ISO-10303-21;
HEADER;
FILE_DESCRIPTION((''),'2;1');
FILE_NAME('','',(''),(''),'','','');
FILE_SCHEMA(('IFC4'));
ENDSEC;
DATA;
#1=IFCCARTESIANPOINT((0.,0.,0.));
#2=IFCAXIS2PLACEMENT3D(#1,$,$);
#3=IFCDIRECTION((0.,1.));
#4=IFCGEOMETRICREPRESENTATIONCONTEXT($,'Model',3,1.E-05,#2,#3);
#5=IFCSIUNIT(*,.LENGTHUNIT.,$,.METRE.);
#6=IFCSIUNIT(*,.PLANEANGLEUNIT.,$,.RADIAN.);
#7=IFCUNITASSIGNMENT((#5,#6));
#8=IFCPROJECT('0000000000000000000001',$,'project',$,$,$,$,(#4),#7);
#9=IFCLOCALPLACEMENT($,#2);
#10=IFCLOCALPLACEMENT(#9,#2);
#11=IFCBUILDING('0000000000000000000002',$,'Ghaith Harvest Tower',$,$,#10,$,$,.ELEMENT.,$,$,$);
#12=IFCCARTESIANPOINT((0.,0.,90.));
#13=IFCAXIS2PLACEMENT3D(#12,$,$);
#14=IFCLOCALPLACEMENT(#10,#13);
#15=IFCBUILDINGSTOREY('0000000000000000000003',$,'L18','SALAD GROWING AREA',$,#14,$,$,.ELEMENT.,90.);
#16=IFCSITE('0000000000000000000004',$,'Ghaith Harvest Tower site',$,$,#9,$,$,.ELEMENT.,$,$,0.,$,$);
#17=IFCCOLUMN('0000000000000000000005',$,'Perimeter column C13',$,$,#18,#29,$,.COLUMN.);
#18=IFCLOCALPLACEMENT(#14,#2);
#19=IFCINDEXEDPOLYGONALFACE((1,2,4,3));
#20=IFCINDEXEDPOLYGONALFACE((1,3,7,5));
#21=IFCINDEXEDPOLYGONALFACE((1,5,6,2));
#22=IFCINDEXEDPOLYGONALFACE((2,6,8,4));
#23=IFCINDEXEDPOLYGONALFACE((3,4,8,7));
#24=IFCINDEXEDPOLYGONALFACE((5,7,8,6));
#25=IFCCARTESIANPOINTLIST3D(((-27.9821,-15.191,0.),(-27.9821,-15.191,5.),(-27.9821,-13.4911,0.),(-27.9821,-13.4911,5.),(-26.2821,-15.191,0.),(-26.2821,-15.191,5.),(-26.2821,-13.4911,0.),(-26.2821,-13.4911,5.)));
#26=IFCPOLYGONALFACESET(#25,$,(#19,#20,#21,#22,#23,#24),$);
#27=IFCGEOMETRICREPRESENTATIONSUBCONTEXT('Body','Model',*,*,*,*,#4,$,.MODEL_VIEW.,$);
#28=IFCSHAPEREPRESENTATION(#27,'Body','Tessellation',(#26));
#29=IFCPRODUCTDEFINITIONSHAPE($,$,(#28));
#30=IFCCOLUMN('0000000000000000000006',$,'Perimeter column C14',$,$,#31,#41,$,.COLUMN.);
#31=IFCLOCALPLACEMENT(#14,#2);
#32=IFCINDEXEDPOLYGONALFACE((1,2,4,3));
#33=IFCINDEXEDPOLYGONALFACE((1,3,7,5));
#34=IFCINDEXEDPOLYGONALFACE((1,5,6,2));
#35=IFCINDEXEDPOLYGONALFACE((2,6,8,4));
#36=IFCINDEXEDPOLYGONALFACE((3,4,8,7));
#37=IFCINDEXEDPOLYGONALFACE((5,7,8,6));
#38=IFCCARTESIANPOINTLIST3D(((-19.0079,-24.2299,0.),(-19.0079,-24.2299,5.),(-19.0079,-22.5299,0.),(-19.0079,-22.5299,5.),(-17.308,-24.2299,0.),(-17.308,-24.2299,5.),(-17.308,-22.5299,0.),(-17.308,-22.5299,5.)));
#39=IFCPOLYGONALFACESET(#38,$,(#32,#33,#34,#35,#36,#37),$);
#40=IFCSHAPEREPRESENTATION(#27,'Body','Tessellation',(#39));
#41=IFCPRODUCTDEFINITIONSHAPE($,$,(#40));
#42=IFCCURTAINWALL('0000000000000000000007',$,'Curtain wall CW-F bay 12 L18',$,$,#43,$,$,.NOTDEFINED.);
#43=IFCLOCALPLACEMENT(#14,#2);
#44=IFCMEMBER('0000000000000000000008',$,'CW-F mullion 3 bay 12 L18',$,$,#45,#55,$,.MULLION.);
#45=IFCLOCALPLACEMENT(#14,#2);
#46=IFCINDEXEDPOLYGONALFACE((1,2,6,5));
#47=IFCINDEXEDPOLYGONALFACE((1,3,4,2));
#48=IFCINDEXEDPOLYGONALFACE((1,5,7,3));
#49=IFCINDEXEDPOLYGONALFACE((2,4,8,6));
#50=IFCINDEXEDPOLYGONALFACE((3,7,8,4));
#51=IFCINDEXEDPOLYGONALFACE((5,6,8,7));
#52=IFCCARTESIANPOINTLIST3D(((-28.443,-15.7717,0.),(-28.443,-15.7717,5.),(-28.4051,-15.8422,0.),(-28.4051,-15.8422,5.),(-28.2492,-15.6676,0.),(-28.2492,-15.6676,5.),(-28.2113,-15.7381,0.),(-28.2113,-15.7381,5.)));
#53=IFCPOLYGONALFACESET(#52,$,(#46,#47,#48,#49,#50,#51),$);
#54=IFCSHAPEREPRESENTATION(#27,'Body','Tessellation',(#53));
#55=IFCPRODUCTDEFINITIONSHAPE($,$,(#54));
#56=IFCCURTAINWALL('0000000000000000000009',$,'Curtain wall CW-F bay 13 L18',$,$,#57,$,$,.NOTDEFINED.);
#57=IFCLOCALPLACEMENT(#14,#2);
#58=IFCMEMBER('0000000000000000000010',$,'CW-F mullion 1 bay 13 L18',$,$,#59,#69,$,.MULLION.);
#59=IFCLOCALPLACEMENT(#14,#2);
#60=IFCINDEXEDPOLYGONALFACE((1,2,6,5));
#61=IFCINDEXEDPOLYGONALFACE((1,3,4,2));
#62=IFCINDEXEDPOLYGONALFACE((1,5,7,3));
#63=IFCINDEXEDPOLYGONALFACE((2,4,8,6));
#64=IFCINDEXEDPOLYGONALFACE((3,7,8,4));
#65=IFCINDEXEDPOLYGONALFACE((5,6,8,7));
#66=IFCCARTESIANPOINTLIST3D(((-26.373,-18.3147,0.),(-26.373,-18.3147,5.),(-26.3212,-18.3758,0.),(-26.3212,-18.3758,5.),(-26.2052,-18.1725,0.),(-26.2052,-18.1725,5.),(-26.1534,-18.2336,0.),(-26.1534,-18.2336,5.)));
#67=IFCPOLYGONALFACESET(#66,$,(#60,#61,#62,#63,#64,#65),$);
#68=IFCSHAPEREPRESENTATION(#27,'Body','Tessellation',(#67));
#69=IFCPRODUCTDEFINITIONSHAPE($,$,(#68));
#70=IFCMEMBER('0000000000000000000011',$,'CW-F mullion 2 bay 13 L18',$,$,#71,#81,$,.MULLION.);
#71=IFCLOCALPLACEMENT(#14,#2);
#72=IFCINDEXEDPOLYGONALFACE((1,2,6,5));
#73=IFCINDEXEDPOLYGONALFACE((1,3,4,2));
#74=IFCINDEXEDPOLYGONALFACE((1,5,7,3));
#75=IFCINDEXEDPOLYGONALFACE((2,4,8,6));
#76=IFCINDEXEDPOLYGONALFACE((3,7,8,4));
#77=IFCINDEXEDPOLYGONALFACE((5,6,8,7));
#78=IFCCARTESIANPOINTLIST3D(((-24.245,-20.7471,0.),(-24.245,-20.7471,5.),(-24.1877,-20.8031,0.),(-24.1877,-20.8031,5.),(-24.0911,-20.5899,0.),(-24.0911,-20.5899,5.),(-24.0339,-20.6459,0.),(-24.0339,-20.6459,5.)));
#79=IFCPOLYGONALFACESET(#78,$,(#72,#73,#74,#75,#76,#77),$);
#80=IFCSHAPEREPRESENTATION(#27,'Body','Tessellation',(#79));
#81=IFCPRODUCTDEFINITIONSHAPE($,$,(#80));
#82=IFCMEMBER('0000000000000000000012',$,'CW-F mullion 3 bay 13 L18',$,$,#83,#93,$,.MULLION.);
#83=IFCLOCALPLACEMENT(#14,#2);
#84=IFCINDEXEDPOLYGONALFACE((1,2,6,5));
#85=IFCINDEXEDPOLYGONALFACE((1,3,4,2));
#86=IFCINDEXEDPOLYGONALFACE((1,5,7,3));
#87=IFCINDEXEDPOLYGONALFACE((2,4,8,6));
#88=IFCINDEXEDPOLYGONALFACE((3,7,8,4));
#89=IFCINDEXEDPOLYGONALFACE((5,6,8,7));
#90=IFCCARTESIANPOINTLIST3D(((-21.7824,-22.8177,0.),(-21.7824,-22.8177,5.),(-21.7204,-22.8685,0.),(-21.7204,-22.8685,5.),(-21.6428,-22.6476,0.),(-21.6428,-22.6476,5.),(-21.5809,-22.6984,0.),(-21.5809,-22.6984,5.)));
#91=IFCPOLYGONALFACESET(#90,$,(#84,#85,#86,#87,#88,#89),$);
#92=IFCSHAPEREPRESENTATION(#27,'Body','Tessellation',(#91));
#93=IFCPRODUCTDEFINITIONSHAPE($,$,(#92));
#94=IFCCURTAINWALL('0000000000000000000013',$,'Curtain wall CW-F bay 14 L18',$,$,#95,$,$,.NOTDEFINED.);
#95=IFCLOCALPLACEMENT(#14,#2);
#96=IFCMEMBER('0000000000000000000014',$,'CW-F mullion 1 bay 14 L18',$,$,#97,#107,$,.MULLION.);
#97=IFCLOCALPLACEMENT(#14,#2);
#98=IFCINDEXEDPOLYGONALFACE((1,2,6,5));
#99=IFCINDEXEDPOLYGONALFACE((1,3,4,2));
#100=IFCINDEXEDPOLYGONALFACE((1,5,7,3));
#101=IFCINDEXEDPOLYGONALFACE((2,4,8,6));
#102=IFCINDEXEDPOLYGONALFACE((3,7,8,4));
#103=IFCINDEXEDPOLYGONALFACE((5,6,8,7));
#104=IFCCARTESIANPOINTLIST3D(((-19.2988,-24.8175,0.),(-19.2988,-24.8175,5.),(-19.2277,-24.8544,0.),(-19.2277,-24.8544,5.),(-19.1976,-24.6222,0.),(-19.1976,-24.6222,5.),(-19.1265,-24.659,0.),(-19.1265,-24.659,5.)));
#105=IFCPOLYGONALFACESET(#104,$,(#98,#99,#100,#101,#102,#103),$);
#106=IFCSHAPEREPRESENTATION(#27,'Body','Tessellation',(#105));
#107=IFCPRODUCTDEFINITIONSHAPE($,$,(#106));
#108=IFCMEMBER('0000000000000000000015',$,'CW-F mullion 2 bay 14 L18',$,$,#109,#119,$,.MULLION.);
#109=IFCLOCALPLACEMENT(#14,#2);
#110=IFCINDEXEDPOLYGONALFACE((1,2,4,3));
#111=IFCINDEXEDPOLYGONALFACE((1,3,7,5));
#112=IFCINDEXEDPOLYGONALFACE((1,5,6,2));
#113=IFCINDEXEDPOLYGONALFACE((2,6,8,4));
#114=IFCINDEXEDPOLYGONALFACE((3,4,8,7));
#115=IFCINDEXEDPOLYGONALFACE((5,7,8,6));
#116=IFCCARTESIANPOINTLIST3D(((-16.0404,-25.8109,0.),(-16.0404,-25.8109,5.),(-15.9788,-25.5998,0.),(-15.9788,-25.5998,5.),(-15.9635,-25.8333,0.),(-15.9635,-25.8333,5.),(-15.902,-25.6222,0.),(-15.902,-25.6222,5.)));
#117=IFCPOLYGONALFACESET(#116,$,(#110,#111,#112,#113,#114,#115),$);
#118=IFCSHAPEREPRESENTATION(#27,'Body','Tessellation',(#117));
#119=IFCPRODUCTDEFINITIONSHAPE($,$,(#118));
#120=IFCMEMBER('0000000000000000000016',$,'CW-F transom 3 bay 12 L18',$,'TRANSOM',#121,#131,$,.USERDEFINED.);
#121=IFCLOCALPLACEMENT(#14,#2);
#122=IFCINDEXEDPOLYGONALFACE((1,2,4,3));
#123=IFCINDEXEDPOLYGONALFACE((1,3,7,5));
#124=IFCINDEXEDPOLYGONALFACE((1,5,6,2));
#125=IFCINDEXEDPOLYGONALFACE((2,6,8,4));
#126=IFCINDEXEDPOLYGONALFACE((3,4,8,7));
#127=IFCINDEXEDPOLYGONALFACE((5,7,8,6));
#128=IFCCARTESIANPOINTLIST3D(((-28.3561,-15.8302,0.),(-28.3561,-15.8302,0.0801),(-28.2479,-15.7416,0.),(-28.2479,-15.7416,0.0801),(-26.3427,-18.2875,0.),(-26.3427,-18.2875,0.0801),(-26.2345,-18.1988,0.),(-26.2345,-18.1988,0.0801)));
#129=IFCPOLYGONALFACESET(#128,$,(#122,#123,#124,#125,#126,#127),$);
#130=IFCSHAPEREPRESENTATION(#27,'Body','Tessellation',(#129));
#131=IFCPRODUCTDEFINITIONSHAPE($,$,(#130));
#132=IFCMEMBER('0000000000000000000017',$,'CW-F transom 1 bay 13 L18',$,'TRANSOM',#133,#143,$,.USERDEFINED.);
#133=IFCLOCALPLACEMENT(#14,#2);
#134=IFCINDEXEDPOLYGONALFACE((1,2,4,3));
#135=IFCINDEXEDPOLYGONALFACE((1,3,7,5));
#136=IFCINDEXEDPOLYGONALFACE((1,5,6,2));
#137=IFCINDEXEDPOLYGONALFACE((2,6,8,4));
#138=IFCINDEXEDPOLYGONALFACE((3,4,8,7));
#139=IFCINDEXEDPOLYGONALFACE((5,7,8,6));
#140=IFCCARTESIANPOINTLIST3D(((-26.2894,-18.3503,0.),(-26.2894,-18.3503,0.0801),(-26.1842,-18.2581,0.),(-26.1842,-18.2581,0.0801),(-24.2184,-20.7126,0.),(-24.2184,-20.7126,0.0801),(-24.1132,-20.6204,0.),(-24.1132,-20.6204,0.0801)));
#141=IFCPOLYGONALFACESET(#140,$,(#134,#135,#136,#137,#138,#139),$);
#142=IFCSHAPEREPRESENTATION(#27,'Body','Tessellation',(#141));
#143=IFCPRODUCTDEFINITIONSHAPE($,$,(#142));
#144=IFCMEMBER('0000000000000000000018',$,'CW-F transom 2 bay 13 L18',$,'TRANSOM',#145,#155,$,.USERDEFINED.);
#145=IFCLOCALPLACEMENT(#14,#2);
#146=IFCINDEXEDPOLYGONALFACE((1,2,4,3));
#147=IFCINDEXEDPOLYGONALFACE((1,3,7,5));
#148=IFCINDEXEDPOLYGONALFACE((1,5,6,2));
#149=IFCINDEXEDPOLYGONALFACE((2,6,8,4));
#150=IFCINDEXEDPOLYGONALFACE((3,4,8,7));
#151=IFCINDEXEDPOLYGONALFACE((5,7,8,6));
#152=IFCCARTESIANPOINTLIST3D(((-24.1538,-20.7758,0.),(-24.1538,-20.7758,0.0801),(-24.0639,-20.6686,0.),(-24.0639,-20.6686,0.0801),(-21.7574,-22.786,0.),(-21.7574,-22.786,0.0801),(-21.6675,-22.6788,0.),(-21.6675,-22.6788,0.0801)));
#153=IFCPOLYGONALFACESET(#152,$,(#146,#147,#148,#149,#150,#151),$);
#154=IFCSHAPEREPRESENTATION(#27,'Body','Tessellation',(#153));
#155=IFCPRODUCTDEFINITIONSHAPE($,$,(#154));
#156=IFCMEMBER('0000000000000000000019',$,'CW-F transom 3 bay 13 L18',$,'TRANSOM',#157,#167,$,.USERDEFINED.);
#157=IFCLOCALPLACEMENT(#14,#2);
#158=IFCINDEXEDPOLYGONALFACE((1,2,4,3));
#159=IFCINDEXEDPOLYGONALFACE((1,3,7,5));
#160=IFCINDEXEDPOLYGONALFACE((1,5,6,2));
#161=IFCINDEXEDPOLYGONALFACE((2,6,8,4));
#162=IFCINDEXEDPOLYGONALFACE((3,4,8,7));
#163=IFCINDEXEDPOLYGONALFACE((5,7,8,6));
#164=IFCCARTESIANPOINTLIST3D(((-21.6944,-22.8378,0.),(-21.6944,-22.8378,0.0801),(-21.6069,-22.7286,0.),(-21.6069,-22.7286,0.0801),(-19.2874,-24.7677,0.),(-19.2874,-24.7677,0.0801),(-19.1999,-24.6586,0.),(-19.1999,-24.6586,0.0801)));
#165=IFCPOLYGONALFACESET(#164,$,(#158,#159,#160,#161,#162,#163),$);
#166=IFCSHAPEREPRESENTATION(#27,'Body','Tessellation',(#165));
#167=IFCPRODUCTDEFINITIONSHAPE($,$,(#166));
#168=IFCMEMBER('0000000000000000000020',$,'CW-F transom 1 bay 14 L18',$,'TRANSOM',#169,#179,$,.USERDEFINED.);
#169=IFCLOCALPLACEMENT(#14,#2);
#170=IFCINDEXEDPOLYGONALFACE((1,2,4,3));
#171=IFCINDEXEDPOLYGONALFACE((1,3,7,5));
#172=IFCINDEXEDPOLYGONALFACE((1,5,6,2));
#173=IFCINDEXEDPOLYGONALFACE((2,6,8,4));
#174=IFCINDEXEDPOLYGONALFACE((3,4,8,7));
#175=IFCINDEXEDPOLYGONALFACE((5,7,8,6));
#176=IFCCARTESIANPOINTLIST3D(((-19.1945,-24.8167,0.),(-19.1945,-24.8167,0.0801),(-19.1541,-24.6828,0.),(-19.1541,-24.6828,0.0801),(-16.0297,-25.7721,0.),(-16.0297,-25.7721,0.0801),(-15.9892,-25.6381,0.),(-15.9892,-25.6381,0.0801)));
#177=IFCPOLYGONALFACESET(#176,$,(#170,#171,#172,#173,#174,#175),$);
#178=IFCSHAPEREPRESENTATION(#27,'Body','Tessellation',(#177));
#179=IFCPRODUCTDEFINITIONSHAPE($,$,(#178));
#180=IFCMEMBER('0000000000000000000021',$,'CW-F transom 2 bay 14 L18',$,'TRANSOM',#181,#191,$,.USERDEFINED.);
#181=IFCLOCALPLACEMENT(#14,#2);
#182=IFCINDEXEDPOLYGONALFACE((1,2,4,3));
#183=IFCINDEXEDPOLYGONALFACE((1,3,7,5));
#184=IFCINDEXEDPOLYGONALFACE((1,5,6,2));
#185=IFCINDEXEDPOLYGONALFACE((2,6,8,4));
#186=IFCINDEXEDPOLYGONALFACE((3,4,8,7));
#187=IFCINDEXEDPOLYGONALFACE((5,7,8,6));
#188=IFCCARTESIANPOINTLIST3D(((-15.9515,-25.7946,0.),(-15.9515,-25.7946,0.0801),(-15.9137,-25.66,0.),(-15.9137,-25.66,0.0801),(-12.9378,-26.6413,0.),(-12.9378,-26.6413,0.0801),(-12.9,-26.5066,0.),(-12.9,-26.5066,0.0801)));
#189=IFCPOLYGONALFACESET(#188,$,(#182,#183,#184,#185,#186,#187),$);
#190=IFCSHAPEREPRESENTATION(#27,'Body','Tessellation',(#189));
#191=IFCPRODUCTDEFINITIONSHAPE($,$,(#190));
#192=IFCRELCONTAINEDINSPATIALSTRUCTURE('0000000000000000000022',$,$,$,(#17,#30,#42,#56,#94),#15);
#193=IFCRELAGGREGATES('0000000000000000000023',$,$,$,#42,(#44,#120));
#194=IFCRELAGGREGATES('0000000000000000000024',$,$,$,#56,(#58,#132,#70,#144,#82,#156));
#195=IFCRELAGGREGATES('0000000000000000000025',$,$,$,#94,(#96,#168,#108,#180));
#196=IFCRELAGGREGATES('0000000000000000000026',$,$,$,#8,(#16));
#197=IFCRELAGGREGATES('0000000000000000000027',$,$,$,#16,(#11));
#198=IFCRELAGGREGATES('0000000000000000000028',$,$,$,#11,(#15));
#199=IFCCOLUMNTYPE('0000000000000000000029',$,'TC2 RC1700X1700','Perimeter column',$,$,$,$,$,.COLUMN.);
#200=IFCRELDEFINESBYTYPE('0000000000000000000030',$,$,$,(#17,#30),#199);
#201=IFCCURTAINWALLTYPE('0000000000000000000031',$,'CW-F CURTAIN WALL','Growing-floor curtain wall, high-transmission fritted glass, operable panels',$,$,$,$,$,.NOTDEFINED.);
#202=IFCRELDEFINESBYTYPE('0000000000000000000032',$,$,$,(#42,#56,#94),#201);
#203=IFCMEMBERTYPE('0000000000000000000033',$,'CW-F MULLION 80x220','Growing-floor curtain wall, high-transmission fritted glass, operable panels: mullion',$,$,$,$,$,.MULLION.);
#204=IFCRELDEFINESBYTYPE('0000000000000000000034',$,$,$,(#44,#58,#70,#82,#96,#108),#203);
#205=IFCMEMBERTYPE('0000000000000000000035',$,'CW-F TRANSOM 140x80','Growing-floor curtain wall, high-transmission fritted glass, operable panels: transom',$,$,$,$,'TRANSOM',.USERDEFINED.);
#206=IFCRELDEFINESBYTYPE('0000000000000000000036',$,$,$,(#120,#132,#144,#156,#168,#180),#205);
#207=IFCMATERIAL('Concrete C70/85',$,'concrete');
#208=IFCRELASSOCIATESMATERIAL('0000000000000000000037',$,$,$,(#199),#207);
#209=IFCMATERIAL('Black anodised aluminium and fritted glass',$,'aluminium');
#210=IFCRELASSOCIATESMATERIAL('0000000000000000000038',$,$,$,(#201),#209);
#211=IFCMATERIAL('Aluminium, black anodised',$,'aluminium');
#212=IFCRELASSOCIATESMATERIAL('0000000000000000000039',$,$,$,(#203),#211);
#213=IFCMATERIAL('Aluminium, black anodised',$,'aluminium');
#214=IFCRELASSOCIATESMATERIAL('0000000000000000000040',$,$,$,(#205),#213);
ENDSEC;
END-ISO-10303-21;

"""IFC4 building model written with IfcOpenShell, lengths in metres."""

from ifc_helpers import new_model, si_unit, direction, frame, origin, origin_2d, place, context, subcontext, project, spatial, rectangle, extrude, material, material_profile, profile_set, type_object, element, aggregate, save


model = new_model("IFC4")

# Units and contexts
model_context = context("Model", 3, precision=1e-05, world=origin(), true_north=direction((0.0, 1.0)))
body_context = subcontext(model_context, "Body", "Model", "MODEL_VIEW")
ifc_project = project(units=[si_unit("LENGTHUNIT", "METRE"), si_unit("PLANEANGLEUNIT", "RADIAN")], contexts=[model_context])

# Site, building, storey
site_placement = place(None, origin())
site = spatial("IfcSite", under=ifc_project, at=site_placement, Name="Ghaith Harvest Tower site", CompositionType="ELEMENT", RefElevation=0.0)
building_placement = place(site_placement, origin())
building = spatial("IfcBuilding", under=site, at=building_placement, Name="Ghaith Harvest Tower", CompositionType="ELEMENT")
storey_placement = place(building_placement, frame((0.0, 0.0, 90.0)))
storey = spatial("IfcBuildingStorey", under=building, at=storey_placement, Name="L18", Description="SALAD GROWING AREA", CompositionType="ELEMENT", Elevation=90.0)

# Columns
ifc_material_1 = material(Name="Concrete C70/85", Category="concrete")
ifc_material_profile_1 = material_profile(ifc_material_1, rectangle(XDim=1.7, YDim=1.7, at=origin_2d()), Name="RC1700X1700")
ifc_profile_set_1 = profile_set([ifc_material_profile_1], Name="Concrete C70/85")
column_type = type_object("IfcColumnType", Name="TC2 RC1700X1700", Description="Perimeter column", PredefinedType="COLUMN", material=ifc_profile_set_1)
for number, where, z_axis, x_axis, name in (
    (1, (-27.1321, -14.3411, 0.0), (0.0, 0.0, 1.0), (1.0, 0.0, 0.0), "Perimeter column C13"),
    (2, (-18.158, -23.3799, 0.0), (0.0, 0.0, 1.0), (1.0, 0.0, 0.0), "Perimeter column C14"),
):
    element("IfcColumn", number, at=place(storey_placement, frame(where, z_axis=z_axis, x_axis=x_axis)), inside=storey, type_object=column_type, Name=name, PredefinedType="COLUMN", context=body_context, shape_type="SweptSolid", body=[
        extrude(rectangle(XDim=1.7, YDim=1.7, at=origin_2d()), origin(), (0.0, 0.0, 1.0), 5.0),
    ])

# Curtain wall, member
ifc_material_2 = material(Name="Black anodised aluminium and fritted glass", Category="aluminium")
curtain_wall_type = type_object("IfcCurtainWallType", Name="CW-F CURTAIN WALL", Description="Growing-floor curtain wall, high-transmission fritted glass, operable panels", PredefinedType="NOTDEFINED", material=ifc_material_2)
curtain_wall_1_placement = place(storey_placement, origin())
curtain_wall_1 = element("IfcCurtainWall", 3, at=curtain_wall_1_placement, inside=storey, type_object=curtain_wall_type, Name="Curtain wall CW-F bay 12 L18", PredefinedType="NOTDEFINED")
ifc_material_3 = material(Name="Aluminium, black anodised", Category="aluminium")
ifc_material_profile_2 = material_profile(ifc_material_3, rectangle(XDim=0.0801, YDim=0.22, at=origin_2d()), Name="CW-F MULLION 80x220")
ifc_profile_set_2 = profile_set([ifc_material_profile_2], Name="Aluminium, black anodised")
member_type_1 = type_object("IfcMemberType", Name="CW-F MULLION 80x220", Description="Growing-floor curtain wall, high-transmission fritted glass, operable panels: mullion", PredefinedType="MULLION", material=ifc_profile_set_2)
member_1_placement = place(storey_placement, frame((-28.3271, -15.7549, 0.0), z_axis=(0.0, 0.0, 1.0), x_axis=(0.473265, -0.88092, 0.0)))
member_1 = element("IfcMember", 4, at=member_1_placement, type_object=member_type_1, Name="CW-F mullion 3 bay 12 L18", PredefinedType="MULLION", context=body_context, shape_type="SweptSolid", body=[
    extrude(rectangle(XDim=0.0801, YDim=0.22, at=origin_2d()), origin(), (0.0, 0.0, 1.0), 5.0),
])

# Curtain walls, members
curtain_wall_2_placement = place(storey_placement, origin())
curtain_wall_2 = element("IfcCurtainWall", 5, at=curtain_wall_2_placement, inside=storey, type_object=curtain_wall_type, Name="Curtain wall CW-F bay 13 L18", PredefinedType="NOTDEFINED")
member_2_placement = place(storey_placement, frame((-26.2632, -18.2742, 0.0), z_axis=(0.0, 0.0, 1.0), x_axis=(0.646524, -0.762894, 0.0)))
member_2 = element("IfcMember", 6, at=member_2_placement, type_object=member_type_1, Name="CW-F mullion 1 bay 13 L18", PredefinedType="MULLION", context=body_context, shape_type="SweptSolid", body=[
    extrude(rectangle(XDim=0.0801, YDim=0.22, at=origin_2d()), origin(), (0.0, 0.0, 1.0), 5.0),
])
member_3_placement = place(storey_placement, frame((-24.1394, -20.6965, 0.0), z_axis=(0.0, 0.0, 1.0), x_axis=(0.714663, -0.699469, 0.0)))
member_3 = element("IfcMember", 7, at=member_3_placement, type_object=member_type_1, Name="CW-F mullion 2 bay 13 L18", PredefinedType="MULLION", context=body_context, shape_type="SweptSolid", body=[
    extrude(rectangle(XDim=0.0801, YDim=0.22, at=origin_2d()), origin(), (0.0, 0.0, 1.0), 5.0),
])
member_4_placement = place(storey_placement, frame((-21.6816, -22.7581, 0.0), z_axis=(0.0, 0.0, 1.0), x_axis=(0.773139, -0.634237, 0.0)))
member_4 = element("IfcMember", 8, at=member_4_placement, type_object=member_type_1, Name="CW-F mullion 3 bay 13 L18", PredefinedType="MULLION", context=body_context, shape_type="SweptSolid", body=[
    extrude(rectangle(XDim=0.0801, YDim=0.22, at=origin_2d()), origin(), (0.0, 0.0, 1.0), 5.0),
])
curtain_wall_3_placement = place(storey_placement, origin())
curtain_wall_3 = element("IfcCurtainWall", 9, at=curtain_wall_3_placement, inside=storey, type_object=curtain_wall_type, Name="Curtain wall CW-F bay 14 L18", PredefinedType="NOTDEFINED")
member_5_placement = place(storey_placement, frame((-19.2126, -24.7383, 0.0), z_axis=(0.0, 0.0, 1.0), x_axis=(0.887912, -0.460013, 0.0)))
member_5 = element("IfcMember", 10, at=member_5_placement, type_object=member_type_1, Name="CW-F mullion 1 bay 14 L18", PredefinedType="MULLION", context=body_context, shape_type="SweptSolid", body=[
    extrude(rectangle(XDim=0.0801, YDim=0.22, at=origin_2d()), origin(), (0.0, 0.0, 1.0), 5.0),
])
member_6_placement = place(storey_placement, frame((-15.9712, -25.7166, 0.0), z_axis=(0.0, 0.0, 1.0), x_axis=(0.960009, -0.27997, 0.0)))
member_6 = element("IfcMember", 11, at=member_6_placement, type_object=member_type_1, Name="CW-F mullion 2 bay 14 L18", PredefinedType="MULLION", context=body_context, shape_type="SweptSolid", body=[
    extrude(rectangle(XDim=0.0801, YDim=0.22, at=origin_2d()), origin(), (0.0, 0.0, 1.0), 5.0),
])

# Members
ifc_material_4 = material(Name="Aluminium, black anodised", Category="aluminium")
ifc_material_profile_3 = material_profile(ifc_material_4, rectangle(XDim=0.1399, YDim=0.0801, at=origin_2d()), Name="CW-F TRANSOM 140x80")
ifc_profile_set_3 = profile_set([ifc_material_profile_3], Name="Aluminium, black anodised")
member_type_2 = type_object("IfcMemberType", Name="CW-F TRANSOM 140x80", Description="Growing-floor curtain wall, high-transmission fritted glass, operable panels: transom", ElementType="TRANSOM", PredefinedType="USERDEFINED", material=ifc_profile_set_3)
member_7_placement = place(storey_placement, frame((-28.302, -15.7859, 0.04), z_axis=(0.63379, -0.773505, 0.0), x_axis=(0.773505, 0.63379, 0.0)))
member_7 = element("IfcMember", 12, at=member_7_placement, type_object=member_type_2, Name="CW-F transom 3 bay 12 L18", ObjectType="TRANSOM", PredefinedType="USERDEFINED", context=body_context, shape_type="SweptSolid", body=[
    extrude(rectangle(XDim=0.1399, YDim=0.0801, at=origin_2d()), origin(), (0.0, 0.0, 1.0), 3.1768),
])
member_8_placement = place(storey_placement, frame((-26.2368, -18.3042, 0.04), z_axis=(0.659231, -0.751941, 0.0), x_axis=(0.751941, 0.659231, 0.0)))
member_8 = element("IfcMember", 13, at=member_8_placement, type_object=member_type_2, Name="CW-F transom 1 bay 13 L18", ObjectType="TRANSOM", PredefinedType="USERDEFINED", context=body_context, shape_type="SweptSolid", body=[
    extrude(rectangle(XDim=0.1399, YDim=0.0801, at=origin_2d()), origin(), (0.0, 0.0, 1.0), 3.1416),
])
member_9_placement = place(storey_placement, frame((-24.1089, -20.7222, 0.04), z_axis=(0.766144, -0.642668, 0.0), x_axis=(0.642668, 0.766144, 0.0)))
member_9 = element("IfcMember", 14, at=member_9_placement, type_object=member_type_2, Name="CW-F transom 2 bay 13 L18", ObjectType="TRANSOM", PredefinedType="USERDEFINED", context=body_context, shape_type="SweptSolid", body=[
    extrude(rectangle(XDim=0.1399, YDim=0.0801, at=origin_2d()), origin(), (0.0, 0.0, 1.0), 3.1279),
])
member_10_placement = place(storey_placement, frame((-21.6506, -22.7832, 0.04), z_axis=(0.780181, -0.625554, 0.0), x_axis=(0.625554, 0.780181, 0.0)))
member_10 = element("IfcMember", 15, at=member_10_placement, type_object=member_type_2, Name="CW-F transom 3 bay 13 L18", ObjectType="TRANSOM", PredefinedType="USERDEFINED", context=body_context, shape_type="SweptSolid", body=[
    extrude(rectangle(XDim=0.1399, YDim=0.0801, at=origin_2d()), origin(), (0.0, 0.0, 1.0), 3.0852),
])
member_11_placement = place(storey_placement, frame((-19.1743, -24.7498, 0.04), z_axis=(0.957335, -0.28898, 0.0), x_axis=(0.28898, 0.957335, 0.0)))
member_11 = element("IfcMember", 16, at=member_11_placement, type_object=member_type_2, Name="CW-F transom 1 bay 14 L18", ObjectType="TRANSOM", PredefinedType="USERDEFINED", context=body_context, shape_type="SweptSolid", body=[
    extrude(rectangle(XDim=0.1399, YDim=0.0801, at=origin_2d()), origin(), (0.0, 0.0, 1.0), 3.3059),
])
member_12_placement = place(storey_placement, frame((-15.9326, -25.7273, 0.04), z_axis=(0.962727, -0.270475, 0.0), x_axis=(0.270475, 0.962727, 0.0)))
member_12 = element("IfcMember", 17, at=member_12_placement, type_object=member_type_2, Name="CW-F transom 2 bay 14 L18", ObjectType="TRANSOM", PredefinedType="USERDEFINED", context=body_context, shape_type="SweptSolid", body=[
    extrude(rectangle(XDim=0.1399, YDim=0.0801, at=origin_2d()), origin(), (0.0, 0.0, 1.0), 3.1304),
])

aggregate(curtain_wall_1, [member_1, member_7])
aggregate(curtain_wall_2, [member_2, member_8, member_3, member_9, member_4, member_10])
aggregate(curtain_wall_3, [member_5, member_11, member_6, member_12])

save(model, "model.ifc")
